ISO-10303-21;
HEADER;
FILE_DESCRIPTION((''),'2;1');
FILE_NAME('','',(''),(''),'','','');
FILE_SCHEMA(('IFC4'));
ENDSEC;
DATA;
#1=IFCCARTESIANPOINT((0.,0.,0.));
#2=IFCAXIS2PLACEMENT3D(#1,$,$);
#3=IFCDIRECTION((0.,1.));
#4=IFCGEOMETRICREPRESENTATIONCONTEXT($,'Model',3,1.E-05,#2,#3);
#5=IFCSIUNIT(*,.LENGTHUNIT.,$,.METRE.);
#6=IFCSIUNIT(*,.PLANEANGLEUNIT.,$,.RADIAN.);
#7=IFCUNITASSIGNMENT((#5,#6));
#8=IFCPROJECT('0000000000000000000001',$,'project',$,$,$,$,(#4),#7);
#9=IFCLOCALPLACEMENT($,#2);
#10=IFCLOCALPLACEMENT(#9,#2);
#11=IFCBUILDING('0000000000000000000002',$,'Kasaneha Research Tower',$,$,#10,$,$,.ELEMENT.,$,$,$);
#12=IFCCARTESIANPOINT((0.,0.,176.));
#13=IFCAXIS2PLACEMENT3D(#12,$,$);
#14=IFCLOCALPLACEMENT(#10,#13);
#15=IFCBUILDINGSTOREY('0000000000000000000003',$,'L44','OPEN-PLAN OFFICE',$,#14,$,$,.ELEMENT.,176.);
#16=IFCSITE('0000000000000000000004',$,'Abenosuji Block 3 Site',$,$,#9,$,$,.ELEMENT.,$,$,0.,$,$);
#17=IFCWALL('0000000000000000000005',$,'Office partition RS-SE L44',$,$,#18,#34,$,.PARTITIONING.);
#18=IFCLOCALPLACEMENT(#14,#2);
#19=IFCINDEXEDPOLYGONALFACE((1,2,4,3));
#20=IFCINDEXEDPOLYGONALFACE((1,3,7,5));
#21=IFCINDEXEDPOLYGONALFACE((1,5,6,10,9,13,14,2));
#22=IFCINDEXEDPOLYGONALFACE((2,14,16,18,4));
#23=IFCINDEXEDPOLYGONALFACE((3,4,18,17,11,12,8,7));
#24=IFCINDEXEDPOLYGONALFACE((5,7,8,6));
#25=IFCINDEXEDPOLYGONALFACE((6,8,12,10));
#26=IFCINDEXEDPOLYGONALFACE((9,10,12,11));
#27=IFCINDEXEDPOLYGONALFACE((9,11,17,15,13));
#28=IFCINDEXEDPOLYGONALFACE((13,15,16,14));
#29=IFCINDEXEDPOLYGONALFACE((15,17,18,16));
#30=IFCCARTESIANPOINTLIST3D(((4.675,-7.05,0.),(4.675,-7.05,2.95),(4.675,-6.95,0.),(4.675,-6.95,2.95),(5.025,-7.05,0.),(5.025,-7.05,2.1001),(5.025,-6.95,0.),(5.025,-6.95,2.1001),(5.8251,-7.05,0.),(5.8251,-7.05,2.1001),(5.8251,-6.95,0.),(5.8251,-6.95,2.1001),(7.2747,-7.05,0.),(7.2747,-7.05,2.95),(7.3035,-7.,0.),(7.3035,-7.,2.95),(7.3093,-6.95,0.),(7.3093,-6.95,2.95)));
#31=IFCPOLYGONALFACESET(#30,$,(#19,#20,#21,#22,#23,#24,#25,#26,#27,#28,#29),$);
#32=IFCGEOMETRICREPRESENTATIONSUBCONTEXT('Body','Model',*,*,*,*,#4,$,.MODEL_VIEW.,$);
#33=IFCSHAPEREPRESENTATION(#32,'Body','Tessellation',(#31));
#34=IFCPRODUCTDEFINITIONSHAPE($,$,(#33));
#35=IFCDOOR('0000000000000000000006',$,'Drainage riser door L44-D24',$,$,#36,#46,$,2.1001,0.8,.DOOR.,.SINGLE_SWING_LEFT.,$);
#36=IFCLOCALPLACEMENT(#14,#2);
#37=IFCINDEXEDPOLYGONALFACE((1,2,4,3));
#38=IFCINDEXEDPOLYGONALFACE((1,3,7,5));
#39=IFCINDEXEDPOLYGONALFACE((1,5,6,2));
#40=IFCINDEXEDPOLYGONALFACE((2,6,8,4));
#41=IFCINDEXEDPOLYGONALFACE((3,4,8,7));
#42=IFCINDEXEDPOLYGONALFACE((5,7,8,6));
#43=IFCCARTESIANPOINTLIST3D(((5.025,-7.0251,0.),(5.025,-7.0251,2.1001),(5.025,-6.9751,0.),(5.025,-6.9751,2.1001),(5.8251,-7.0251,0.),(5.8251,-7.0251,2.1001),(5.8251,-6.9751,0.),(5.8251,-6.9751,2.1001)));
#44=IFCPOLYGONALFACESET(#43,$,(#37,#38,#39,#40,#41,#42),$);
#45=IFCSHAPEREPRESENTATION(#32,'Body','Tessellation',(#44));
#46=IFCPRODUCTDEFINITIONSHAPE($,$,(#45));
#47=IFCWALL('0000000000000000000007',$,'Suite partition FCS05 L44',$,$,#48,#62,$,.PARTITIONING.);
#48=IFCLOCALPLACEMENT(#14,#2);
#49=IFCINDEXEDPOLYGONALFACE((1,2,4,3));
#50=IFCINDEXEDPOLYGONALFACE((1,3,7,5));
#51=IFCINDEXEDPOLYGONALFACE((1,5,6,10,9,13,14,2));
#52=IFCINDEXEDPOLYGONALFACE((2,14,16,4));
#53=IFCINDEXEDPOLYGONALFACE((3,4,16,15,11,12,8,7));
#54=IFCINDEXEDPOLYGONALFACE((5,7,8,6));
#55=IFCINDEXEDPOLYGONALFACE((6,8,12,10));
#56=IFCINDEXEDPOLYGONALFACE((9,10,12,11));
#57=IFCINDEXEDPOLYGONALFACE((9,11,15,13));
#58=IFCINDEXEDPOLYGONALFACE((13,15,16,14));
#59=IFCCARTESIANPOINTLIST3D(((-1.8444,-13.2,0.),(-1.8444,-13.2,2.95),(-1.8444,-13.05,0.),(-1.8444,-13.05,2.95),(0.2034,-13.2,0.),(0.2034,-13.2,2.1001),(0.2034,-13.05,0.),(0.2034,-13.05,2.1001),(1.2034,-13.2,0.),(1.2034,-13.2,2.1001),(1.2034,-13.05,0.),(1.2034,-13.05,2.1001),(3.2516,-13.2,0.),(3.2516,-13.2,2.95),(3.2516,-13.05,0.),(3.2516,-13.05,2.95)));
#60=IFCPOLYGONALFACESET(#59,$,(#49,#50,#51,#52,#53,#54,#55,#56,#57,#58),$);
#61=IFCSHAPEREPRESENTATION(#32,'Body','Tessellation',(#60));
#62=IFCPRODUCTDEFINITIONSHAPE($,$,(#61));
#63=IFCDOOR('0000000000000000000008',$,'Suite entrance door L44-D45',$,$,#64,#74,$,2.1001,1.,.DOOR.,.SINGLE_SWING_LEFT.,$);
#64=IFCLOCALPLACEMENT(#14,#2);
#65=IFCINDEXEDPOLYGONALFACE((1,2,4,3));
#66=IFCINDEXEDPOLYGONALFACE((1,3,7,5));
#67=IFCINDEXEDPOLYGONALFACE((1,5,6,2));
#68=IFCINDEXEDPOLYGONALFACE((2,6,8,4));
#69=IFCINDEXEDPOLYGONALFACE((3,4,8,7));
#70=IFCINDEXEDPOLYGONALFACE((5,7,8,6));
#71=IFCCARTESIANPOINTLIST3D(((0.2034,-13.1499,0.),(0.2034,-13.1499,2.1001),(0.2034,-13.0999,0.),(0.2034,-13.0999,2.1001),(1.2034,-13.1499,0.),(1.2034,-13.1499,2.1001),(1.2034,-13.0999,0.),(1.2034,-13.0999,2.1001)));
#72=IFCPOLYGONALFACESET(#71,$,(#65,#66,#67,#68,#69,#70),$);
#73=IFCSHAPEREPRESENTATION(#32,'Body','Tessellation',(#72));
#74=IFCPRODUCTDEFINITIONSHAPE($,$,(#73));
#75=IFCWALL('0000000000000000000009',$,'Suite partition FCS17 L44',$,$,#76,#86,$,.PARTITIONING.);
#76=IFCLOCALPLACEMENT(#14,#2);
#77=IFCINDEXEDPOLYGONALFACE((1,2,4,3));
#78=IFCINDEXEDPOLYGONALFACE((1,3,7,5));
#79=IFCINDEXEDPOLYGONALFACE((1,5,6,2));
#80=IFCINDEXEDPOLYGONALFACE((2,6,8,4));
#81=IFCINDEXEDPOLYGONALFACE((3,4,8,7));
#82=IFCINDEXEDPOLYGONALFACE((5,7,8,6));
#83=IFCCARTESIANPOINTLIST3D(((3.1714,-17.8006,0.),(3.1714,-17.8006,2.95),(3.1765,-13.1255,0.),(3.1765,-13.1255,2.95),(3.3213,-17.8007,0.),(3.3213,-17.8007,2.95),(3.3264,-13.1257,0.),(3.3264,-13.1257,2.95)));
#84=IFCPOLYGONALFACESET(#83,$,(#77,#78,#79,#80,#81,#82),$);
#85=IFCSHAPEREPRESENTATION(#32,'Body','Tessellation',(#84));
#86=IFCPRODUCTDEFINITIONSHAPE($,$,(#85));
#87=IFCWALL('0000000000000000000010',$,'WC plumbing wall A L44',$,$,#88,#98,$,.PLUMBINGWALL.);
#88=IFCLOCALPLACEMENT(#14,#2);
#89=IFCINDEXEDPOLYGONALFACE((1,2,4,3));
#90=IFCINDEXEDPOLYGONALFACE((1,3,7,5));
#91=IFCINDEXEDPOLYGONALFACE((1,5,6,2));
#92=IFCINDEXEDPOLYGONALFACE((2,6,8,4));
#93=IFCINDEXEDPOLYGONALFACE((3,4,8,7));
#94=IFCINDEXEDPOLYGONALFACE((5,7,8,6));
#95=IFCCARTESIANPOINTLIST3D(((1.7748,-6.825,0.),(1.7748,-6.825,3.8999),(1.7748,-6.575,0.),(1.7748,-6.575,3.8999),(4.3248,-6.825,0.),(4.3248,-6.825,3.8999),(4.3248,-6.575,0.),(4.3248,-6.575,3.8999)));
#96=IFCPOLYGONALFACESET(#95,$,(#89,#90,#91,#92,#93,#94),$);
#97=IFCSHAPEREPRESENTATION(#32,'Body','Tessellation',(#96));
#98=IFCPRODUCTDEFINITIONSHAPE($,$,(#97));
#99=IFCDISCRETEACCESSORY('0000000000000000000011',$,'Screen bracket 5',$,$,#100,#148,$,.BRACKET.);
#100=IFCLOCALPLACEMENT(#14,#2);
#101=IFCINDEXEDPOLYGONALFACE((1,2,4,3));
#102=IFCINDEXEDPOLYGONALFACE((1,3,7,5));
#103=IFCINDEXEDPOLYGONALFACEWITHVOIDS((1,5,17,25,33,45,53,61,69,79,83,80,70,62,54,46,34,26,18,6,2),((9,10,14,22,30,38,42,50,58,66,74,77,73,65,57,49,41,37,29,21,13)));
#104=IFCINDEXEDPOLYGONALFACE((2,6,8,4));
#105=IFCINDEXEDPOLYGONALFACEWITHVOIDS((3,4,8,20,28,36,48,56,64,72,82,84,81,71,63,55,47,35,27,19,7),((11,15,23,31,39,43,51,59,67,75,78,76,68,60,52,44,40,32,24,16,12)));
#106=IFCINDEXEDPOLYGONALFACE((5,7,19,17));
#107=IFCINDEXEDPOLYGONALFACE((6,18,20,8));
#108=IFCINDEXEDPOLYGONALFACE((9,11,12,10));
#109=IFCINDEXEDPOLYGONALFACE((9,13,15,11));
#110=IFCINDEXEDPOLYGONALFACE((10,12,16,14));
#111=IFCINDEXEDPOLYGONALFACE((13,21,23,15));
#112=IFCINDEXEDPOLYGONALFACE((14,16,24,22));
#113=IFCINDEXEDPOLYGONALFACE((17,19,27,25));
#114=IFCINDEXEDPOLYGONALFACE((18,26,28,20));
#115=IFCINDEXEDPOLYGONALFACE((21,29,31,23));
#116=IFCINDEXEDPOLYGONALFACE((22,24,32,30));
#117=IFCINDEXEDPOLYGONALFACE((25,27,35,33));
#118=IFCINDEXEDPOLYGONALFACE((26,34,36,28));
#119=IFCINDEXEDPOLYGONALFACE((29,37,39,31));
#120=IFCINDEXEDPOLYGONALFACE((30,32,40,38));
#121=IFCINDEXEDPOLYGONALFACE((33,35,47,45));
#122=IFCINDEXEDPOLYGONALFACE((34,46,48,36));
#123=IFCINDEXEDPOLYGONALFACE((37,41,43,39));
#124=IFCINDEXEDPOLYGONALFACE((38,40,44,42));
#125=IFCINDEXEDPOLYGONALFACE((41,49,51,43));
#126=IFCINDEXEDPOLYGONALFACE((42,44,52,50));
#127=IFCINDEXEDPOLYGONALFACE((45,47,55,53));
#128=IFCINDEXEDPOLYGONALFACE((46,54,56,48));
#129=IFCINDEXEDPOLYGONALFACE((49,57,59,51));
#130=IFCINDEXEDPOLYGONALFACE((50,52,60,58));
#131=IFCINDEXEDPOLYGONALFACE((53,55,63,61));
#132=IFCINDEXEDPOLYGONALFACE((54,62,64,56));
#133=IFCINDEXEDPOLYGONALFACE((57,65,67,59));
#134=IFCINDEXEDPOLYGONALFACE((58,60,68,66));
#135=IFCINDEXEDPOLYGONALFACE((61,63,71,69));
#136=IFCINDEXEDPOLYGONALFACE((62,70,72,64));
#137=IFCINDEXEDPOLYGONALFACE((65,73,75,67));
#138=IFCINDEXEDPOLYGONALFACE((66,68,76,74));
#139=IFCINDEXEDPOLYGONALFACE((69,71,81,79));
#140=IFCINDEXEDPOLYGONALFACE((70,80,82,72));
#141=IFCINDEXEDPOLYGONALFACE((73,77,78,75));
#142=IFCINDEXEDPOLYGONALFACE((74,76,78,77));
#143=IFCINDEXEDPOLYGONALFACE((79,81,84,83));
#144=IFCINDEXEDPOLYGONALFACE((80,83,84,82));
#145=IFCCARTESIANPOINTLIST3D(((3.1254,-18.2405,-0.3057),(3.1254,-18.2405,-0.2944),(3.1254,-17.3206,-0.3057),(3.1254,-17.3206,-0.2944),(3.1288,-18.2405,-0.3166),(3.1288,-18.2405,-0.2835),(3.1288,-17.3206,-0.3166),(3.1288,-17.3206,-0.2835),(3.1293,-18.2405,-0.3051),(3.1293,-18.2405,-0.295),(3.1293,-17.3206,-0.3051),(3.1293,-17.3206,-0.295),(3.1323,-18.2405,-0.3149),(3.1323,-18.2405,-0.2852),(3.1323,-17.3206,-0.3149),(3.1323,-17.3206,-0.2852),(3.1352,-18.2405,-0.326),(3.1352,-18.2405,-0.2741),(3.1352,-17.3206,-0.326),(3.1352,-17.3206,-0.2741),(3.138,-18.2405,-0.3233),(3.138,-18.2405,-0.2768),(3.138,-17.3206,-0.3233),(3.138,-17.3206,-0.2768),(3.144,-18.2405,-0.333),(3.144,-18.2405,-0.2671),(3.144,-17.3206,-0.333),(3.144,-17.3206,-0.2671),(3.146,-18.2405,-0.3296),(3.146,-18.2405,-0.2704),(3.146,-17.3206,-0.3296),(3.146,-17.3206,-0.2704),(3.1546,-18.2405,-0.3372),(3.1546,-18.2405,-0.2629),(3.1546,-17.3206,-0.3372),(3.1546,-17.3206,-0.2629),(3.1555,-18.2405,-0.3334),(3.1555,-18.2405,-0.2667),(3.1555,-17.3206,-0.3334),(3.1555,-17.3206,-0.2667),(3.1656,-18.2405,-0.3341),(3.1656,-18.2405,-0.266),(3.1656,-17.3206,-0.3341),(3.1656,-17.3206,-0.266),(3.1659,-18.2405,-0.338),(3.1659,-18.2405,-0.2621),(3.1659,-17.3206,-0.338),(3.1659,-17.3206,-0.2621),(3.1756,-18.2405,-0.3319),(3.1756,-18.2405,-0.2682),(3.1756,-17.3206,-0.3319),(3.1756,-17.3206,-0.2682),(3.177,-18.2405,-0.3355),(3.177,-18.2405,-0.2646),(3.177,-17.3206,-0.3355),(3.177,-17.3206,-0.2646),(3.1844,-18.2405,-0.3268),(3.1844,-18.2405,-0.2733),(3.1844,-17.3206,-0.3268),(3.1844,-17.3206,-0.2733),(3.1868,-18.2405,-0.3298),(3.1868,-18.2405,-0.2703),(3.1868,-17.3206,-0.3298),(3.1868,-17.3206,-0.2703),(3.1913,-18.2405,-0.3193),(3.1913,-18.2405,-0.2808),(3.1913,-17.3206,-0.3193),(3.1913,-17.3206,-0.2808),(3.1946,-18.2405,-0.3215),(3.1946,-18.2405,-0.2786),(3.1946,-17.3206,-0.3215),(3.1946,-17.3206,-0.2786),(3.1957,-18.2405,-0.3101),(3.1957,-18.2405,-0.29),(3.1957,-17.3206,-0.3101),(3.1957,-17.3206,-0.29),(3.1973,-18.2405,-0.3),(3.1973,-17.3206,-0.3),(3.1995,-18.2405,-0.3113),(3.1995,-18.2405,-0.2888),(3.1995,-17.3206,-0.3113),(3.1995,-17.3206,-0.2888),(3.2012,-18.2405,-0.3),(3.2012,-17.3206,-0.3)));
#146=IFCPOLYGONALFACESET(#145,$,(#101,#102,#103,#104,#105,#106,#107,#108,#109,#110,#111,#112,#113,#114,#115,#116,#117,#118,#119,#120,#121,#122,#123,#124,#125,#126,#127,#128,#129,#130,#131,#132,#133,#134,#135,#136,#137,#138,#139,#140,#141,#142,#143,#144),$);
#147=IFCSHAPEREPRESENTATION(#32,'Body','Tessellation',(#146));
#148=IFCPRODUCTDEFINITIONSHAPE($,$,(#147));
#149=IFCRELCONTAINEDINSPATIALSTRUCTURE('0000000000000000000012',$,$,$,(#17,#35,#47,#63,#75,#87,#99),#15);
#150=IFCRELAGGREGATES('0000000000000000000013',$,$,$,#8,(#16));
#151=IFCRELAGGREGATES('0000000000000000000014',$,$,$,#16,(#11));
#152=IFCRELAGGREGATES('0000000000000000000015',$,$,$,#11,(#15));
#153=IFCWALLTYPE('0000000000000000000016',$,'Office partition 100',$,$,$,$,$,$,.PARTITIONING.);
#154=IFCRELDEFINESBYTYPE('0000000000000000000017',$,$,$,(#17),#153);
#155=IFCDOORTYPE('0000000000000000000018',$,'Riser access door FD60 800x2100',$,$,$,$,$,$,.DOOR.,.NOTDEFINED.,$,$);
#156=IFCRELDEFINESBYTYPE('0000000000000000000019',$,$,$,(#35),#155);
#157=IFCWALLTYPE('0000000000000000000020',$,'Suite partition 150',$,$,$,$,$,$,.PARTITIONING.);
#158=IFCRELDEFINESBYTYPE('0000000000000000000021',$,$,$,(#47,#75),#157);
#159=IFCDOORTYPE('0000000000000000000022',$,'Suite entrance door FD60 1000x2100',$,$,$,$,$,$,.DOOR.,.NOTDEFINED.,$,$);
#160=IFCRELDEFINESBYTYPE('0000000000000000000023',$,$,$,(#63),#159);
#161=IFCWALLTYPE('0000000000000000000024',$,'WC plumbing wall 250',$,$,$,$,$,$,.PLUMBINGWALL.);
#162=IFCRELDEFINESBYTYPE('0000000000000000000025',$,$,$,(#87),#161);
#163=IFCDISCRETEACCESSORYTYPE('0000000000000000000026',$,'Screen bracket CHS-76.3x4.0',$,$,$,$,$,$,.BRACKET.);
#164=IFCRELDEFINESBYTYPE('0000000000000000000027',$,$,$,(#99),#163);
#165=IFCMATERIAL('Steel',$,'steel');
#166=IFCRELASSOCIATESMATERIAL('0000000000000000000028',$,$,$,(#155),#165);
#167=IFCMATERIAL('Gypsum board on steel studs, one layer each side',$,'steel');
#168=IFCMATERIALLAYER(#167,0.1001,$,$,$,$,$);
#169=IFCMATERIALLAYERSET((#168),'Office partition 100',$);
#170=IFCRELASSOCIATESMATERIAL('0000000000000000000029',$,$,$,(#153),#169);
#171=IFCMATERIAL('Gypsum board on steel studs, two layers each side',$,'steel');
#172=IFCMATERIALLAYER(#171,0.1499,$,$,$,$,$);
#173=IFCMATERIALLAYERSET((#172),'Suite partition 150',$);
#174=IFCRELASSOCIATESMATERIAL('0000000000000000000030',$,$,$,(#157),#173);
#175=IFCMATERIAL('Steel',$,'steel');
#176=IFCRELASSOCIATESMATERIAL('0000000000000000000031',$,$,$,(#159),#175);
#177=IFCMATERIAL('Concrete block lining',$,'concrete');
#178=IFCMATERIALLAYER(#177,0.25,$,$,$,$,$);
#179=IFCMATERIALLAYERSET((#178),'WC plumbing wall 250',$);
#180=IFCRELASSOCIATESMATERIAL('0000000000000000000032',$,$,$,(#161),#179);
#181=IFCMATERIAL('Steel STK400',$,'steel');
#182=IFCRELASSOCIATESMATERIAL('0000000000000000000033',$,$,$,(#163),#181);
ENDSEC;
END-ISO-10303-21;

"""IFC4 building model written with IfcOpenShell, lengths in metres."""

from ifc_helpers import new_model, si_unit, direction, frame, frame_2d, origin, origin_2d, place, context, subcontext, project, spatial, polyline, rectangle, hollow_circle, outline, extrude, material, layer, layer_set, material_profile, profile_set, type_object, element, fill, save


model = new_model("IFC4")

# Units and contexts
model_context = context("Model", 3, precision=1e-05, world=origin(), true_north=direction((0.0, 1.0)))
body_context = subcontext(model_context, "Body", "Model", "MODEL_VIEW")
ifc_project = project(units=[si_unit("LENGTHUNIT", "METRE"), si_unit("PLANEANGLEUNIT", "RADIAN")], contexts=[model_context])

# Site, building, storey
site_placement = place(None, origin())
site = spatial("IfcSite", under=ifc_project, at=site_placement, Name="Abenosuji Block 3 Site", CompositionType="ELEMENT", RefElevation=0.0)
building_placement = place(site_placement, origin())
building = spatial("IfcBuilding", under=site, at=building_placement, Name="Kasaneha Research Tower", CompositionType="ELEMENT")
storey_placement = place(building_placement, frame((0.0, 0.0, 176.0)))
storey = spatial("IfcBuildingStorey", under=building, at=storey_placement, Name="L44", Description="OPEN-PLAN OFFICE", CompositionType="ELEMENT", Elevation=176.0)

# Walls, openings, doors
ifc_material_1 = material(Name="Steel", Category="steel")
door_type_1 = type_object("IfcDoorType", Name="Riser access door FD60 800x2100", OperationType="NOTDEFINED", PredefinedType="DOOR", material=ifc_material_1)
ifc_material_2 = material(Name="Gypsum board on steel studs, one layer each side", Category="steel")
ifc_layer_1 = layer(ifc_material_2, 0.1001)
ifc_layer_set_1 = layer_set([ifc_layer_1], Name="Office partition 100")
wall_type_1 = type_object("IfcWallType", Name="Office partition 100", PredefinedType="PARTITIONING", material=ifc_layer_set_1)
wall_1_placement = place(storey_placement, frame((4.675, -7.0, 0.0), z_axis=(0.0, 0.0, 1.0), x_axis=(1.0, 0.0, 0.0)))
wall_1 = element("IfcWall", 1, at=wall_1_placement, inside=storey, type_object=wall_type_1, Name="Office partition RS-SE L44", PredefinedType="PARTITIONING", context=body_context, shape_type="SweptSolid", body=[
    extrude(outline(polyline([(0.0, -0.05), (0.3501, -0.05), (1.1501, -0.05), (2.5996, -0.05), (2.6284, 0.0), (2.6343, 0.05), (1.1501, 0.05), (0.3501, 0.05), (0.0, 0.05), (0.0, -0.05)])), origin(), (0.0, 0.0, 1.0), 2.95),
])
opening_1_placement = place(wall_1_placement, frame((0.3501, 0.0, 0.0)))
opening_1 = element("IfcOpeningElement", 2, at=opening_1_placement, cuts=wall_1, PredefinedType="OPENING", context=body_context, shape_type="SweptSolid", body=[
    extrude(rectangle(XDim=0.8, YDim=2.1001, at=frame_2d((0.3999, 1.05))), frame((0.0, 0.0601, 0.0), z_axis=(0.0, -1.0, 0.0), x_axis=(1.0, 0.0, 0.0)), (0.0, 0.0, 1.0), 0.1201),
])
door_1_placement = place(opening_1_placement, origin())
door_1 = element("IfcDoor", 3, at=door_1_placement, inside=storey, type_object=door_type_1, Name="Drainage riser door L44-D24", OperationType="SINGLE_SWING_LEFT", OverallHeight=2.1001, OverallWidth=0.8, PredefinedType="DOOR", context=body_context, shape_type="SweptSolid", body=[
    extrude(rectangle(XDim=0.8, YDim=2.1001, at=frame_2d((0.3999, 1.05))), frame((0.0, 0.0249, 0.0), z_axis=(0.0, -1.0, 0.0), x_axis=(1.0, 0.0, 0.0)), (0.0, 0.0, 1.0), 0.05),
])
fill(opening_1, door_1)
ifc_material_3 = material(Name="Gypsum board on steel studs, two layers each side", Category="steel")
ifc_layer_2 = layer(ifc_material_3, 0.1499)
ifc_layer_set_2 = layer_set([ifc_layer_2], Name="Suite partition 150")
wall_type_2 = type_object("IfcWallType", Name="Suite partition 150", PredefinedType="PARTITIONING", material=ifc_layer_set_2)
wall_2_placement = place(storey_placement, frame((3.2515, -13.125, 0.0), z_axis=(0.0, 0.0, 1.0), x_axis=(-1.0, 0.0, 0.0)))
wall_2 = element("IfcWall", 4, at=wall_2_placement, inside=storey, type_object=wall_type_2, Name="Suite partition FCS05 L44", PredefinedType="PARTITIONING", context=body_context, shape_type="SweptSolid", body=[
    extrude(rectangle(XDim=5.0959, YDim=0.1499, at=frame_2d((2.5479, 0.0))), origin(), (0.0, 0.0, 1.0), 2.95),
])
opening_2_placement = place(wall_2_placement, frame((2.0481, 0.0, 0.0)))
opening_2 = element("IfcOpeningElement", 5, at=opening_2_placement, cuts=wall_2, PredefinedType="OPENING", context=body_context, shape_type="SweptSolid", body=[
    extrude(rectangle(XDim=1.0, YDim=2.1001, at=frame_2d((0.5, 1.05))), frame((0.0, 0.085, 0.0), z_axis=(0.0, -1.0, 0.0), x_axis=(1.0, 0.0, 0.0)), (0.0, 0.0, 1.0), 0.1699),
])
ifc_material_4 = material(Name="Steel", Category="steel")
door_type_2 = type_object("IfcDoorType", Name="Suite entrance door FD60 1000x2100", OperationType="NOTDEFINED", PredefinedType="DOOR", material=ifc_material_4)
door_2_placement = place(opening_2_placement, origin())
door_2 = element("IfcDoor", 6, at=door_2_placement, inside=storey, type_object=door_type_2, Name="Suite entrance door L44-D45", OperationType="SINGLE_SWING_LEFT", OverallHeight=2.1001, OverallWidth=1.0, PredefinedType="DOOR", context=body_context, shape_type="SweptSolid", body=[
    extrude(rectangle(XDim=1.0, YDim=2.1001, at=frame_2d((0.5, 1.05))), frame((0.0, 0.0249, 0.0), z_axis=(0.0, -1.0, 0.0), x_axis=(1.0, 0.0, 0.0)), (0.0, 0.0, 1.0), 0.05),
])
fill(opening_2, door_2)

# Walls
wall_3_placement = place(storey_placement, frame((3.2463, -17.8005, 0.0), z_axis=(0.0, 0.0, 1.0), x_axis=(0.001097, 0.999999, 0.0)))
element("IfcWall", 7, at=wall_3_placement, inside=storey, type_object=wall_type_2, Name="Suite partition FCS17 L44", PredefinedType="PARTITIONING", context=body_context, shape_type="SweptSolid", body=[
    extrude(rectangle(XDim=4.675, YDim=0.1499, at=frame_2d((2.3374, 0.0))), origin(), (0.0, 0.0, 1.0), 2.95),
])
ifc_material_5 = material(Name="Concrete block lining", Category="concrete")
ifc_layer_3 = layer(ifc_material_5, 0.25)
ifc_layer_set_3 = layer_set([ifc_layer_3], Name="WC plumbing wall 250")
wall_type_3 = type_object("IfcWallType", Name="WC plumbing wall 250", PredefinedType="PLUMBINGWALL", material=ifc_layer_set_3)
wall_4_placement = place(storey_placement, frame((1.7749, -6.7, 0.0), z_axis=(0.0, 0.0, 1.0), x_axis=(1.0, 0.0, 0.0)))
element("IfcWall", 8, at=wall_4_placement, inside=storey, type_object=wall_type_3, Name="WC plumbing wall A L44", PredefinedType="PLUMBINGWALL", context=body_context, shape_type="SweptSolid", body=[
    extrude(rectangle(XDim=2.55, YDim=0.25, at=frame_2d((1.2749, 0.0))), origin(), (0.0, 0.0, 1.0), 3.8999),
])

# Discrete accessory
ifc_material_6 = material(Name="Steel STK400", Category="steel")
ifc_material_profile_1 = material_profile(ifc_material_6, hollow_circle(Radius=0.0381, WallThickness=0.0039, at=origin_2d()), Name="CHS-76.3x4.0")
ifc_profile_set_1 = profile_set([ifc_material_profile_1], Name="Steel STK400")
discrete_accessory_type = type_object("IfcDiscreteAccessoryType", Name="Screen bracket CHS-76.3x4.0", PredefinedType="BRACKET", material=ifc_profile_set_1)
for number, where, z_axis, x_axis, name in (
    (9, (3.1631, -17.3206, -0.3), (0.0, -1.0, 0.0), (1.0, 0.0, 0.0), "Screen bracket 5"),
):
    element("IfcDiscreteAccessory", number, at=place(storey_placement, frame(where, z_axis=z_axis, x_axis=x_axis)), inside=storey, type_object=discrete_accessory_type, Name=name, PredefinedType="BRACKET", context=body_context, shape_type="SweptSolid", body=[
        extrude(hollow_circle(Radius=0.0381, WallThickness=0.0039, at=origin_2d()), origin(), (0.0, 0.0, 1.0), 0.9199),
    ])

save(model, "model.ifc")
